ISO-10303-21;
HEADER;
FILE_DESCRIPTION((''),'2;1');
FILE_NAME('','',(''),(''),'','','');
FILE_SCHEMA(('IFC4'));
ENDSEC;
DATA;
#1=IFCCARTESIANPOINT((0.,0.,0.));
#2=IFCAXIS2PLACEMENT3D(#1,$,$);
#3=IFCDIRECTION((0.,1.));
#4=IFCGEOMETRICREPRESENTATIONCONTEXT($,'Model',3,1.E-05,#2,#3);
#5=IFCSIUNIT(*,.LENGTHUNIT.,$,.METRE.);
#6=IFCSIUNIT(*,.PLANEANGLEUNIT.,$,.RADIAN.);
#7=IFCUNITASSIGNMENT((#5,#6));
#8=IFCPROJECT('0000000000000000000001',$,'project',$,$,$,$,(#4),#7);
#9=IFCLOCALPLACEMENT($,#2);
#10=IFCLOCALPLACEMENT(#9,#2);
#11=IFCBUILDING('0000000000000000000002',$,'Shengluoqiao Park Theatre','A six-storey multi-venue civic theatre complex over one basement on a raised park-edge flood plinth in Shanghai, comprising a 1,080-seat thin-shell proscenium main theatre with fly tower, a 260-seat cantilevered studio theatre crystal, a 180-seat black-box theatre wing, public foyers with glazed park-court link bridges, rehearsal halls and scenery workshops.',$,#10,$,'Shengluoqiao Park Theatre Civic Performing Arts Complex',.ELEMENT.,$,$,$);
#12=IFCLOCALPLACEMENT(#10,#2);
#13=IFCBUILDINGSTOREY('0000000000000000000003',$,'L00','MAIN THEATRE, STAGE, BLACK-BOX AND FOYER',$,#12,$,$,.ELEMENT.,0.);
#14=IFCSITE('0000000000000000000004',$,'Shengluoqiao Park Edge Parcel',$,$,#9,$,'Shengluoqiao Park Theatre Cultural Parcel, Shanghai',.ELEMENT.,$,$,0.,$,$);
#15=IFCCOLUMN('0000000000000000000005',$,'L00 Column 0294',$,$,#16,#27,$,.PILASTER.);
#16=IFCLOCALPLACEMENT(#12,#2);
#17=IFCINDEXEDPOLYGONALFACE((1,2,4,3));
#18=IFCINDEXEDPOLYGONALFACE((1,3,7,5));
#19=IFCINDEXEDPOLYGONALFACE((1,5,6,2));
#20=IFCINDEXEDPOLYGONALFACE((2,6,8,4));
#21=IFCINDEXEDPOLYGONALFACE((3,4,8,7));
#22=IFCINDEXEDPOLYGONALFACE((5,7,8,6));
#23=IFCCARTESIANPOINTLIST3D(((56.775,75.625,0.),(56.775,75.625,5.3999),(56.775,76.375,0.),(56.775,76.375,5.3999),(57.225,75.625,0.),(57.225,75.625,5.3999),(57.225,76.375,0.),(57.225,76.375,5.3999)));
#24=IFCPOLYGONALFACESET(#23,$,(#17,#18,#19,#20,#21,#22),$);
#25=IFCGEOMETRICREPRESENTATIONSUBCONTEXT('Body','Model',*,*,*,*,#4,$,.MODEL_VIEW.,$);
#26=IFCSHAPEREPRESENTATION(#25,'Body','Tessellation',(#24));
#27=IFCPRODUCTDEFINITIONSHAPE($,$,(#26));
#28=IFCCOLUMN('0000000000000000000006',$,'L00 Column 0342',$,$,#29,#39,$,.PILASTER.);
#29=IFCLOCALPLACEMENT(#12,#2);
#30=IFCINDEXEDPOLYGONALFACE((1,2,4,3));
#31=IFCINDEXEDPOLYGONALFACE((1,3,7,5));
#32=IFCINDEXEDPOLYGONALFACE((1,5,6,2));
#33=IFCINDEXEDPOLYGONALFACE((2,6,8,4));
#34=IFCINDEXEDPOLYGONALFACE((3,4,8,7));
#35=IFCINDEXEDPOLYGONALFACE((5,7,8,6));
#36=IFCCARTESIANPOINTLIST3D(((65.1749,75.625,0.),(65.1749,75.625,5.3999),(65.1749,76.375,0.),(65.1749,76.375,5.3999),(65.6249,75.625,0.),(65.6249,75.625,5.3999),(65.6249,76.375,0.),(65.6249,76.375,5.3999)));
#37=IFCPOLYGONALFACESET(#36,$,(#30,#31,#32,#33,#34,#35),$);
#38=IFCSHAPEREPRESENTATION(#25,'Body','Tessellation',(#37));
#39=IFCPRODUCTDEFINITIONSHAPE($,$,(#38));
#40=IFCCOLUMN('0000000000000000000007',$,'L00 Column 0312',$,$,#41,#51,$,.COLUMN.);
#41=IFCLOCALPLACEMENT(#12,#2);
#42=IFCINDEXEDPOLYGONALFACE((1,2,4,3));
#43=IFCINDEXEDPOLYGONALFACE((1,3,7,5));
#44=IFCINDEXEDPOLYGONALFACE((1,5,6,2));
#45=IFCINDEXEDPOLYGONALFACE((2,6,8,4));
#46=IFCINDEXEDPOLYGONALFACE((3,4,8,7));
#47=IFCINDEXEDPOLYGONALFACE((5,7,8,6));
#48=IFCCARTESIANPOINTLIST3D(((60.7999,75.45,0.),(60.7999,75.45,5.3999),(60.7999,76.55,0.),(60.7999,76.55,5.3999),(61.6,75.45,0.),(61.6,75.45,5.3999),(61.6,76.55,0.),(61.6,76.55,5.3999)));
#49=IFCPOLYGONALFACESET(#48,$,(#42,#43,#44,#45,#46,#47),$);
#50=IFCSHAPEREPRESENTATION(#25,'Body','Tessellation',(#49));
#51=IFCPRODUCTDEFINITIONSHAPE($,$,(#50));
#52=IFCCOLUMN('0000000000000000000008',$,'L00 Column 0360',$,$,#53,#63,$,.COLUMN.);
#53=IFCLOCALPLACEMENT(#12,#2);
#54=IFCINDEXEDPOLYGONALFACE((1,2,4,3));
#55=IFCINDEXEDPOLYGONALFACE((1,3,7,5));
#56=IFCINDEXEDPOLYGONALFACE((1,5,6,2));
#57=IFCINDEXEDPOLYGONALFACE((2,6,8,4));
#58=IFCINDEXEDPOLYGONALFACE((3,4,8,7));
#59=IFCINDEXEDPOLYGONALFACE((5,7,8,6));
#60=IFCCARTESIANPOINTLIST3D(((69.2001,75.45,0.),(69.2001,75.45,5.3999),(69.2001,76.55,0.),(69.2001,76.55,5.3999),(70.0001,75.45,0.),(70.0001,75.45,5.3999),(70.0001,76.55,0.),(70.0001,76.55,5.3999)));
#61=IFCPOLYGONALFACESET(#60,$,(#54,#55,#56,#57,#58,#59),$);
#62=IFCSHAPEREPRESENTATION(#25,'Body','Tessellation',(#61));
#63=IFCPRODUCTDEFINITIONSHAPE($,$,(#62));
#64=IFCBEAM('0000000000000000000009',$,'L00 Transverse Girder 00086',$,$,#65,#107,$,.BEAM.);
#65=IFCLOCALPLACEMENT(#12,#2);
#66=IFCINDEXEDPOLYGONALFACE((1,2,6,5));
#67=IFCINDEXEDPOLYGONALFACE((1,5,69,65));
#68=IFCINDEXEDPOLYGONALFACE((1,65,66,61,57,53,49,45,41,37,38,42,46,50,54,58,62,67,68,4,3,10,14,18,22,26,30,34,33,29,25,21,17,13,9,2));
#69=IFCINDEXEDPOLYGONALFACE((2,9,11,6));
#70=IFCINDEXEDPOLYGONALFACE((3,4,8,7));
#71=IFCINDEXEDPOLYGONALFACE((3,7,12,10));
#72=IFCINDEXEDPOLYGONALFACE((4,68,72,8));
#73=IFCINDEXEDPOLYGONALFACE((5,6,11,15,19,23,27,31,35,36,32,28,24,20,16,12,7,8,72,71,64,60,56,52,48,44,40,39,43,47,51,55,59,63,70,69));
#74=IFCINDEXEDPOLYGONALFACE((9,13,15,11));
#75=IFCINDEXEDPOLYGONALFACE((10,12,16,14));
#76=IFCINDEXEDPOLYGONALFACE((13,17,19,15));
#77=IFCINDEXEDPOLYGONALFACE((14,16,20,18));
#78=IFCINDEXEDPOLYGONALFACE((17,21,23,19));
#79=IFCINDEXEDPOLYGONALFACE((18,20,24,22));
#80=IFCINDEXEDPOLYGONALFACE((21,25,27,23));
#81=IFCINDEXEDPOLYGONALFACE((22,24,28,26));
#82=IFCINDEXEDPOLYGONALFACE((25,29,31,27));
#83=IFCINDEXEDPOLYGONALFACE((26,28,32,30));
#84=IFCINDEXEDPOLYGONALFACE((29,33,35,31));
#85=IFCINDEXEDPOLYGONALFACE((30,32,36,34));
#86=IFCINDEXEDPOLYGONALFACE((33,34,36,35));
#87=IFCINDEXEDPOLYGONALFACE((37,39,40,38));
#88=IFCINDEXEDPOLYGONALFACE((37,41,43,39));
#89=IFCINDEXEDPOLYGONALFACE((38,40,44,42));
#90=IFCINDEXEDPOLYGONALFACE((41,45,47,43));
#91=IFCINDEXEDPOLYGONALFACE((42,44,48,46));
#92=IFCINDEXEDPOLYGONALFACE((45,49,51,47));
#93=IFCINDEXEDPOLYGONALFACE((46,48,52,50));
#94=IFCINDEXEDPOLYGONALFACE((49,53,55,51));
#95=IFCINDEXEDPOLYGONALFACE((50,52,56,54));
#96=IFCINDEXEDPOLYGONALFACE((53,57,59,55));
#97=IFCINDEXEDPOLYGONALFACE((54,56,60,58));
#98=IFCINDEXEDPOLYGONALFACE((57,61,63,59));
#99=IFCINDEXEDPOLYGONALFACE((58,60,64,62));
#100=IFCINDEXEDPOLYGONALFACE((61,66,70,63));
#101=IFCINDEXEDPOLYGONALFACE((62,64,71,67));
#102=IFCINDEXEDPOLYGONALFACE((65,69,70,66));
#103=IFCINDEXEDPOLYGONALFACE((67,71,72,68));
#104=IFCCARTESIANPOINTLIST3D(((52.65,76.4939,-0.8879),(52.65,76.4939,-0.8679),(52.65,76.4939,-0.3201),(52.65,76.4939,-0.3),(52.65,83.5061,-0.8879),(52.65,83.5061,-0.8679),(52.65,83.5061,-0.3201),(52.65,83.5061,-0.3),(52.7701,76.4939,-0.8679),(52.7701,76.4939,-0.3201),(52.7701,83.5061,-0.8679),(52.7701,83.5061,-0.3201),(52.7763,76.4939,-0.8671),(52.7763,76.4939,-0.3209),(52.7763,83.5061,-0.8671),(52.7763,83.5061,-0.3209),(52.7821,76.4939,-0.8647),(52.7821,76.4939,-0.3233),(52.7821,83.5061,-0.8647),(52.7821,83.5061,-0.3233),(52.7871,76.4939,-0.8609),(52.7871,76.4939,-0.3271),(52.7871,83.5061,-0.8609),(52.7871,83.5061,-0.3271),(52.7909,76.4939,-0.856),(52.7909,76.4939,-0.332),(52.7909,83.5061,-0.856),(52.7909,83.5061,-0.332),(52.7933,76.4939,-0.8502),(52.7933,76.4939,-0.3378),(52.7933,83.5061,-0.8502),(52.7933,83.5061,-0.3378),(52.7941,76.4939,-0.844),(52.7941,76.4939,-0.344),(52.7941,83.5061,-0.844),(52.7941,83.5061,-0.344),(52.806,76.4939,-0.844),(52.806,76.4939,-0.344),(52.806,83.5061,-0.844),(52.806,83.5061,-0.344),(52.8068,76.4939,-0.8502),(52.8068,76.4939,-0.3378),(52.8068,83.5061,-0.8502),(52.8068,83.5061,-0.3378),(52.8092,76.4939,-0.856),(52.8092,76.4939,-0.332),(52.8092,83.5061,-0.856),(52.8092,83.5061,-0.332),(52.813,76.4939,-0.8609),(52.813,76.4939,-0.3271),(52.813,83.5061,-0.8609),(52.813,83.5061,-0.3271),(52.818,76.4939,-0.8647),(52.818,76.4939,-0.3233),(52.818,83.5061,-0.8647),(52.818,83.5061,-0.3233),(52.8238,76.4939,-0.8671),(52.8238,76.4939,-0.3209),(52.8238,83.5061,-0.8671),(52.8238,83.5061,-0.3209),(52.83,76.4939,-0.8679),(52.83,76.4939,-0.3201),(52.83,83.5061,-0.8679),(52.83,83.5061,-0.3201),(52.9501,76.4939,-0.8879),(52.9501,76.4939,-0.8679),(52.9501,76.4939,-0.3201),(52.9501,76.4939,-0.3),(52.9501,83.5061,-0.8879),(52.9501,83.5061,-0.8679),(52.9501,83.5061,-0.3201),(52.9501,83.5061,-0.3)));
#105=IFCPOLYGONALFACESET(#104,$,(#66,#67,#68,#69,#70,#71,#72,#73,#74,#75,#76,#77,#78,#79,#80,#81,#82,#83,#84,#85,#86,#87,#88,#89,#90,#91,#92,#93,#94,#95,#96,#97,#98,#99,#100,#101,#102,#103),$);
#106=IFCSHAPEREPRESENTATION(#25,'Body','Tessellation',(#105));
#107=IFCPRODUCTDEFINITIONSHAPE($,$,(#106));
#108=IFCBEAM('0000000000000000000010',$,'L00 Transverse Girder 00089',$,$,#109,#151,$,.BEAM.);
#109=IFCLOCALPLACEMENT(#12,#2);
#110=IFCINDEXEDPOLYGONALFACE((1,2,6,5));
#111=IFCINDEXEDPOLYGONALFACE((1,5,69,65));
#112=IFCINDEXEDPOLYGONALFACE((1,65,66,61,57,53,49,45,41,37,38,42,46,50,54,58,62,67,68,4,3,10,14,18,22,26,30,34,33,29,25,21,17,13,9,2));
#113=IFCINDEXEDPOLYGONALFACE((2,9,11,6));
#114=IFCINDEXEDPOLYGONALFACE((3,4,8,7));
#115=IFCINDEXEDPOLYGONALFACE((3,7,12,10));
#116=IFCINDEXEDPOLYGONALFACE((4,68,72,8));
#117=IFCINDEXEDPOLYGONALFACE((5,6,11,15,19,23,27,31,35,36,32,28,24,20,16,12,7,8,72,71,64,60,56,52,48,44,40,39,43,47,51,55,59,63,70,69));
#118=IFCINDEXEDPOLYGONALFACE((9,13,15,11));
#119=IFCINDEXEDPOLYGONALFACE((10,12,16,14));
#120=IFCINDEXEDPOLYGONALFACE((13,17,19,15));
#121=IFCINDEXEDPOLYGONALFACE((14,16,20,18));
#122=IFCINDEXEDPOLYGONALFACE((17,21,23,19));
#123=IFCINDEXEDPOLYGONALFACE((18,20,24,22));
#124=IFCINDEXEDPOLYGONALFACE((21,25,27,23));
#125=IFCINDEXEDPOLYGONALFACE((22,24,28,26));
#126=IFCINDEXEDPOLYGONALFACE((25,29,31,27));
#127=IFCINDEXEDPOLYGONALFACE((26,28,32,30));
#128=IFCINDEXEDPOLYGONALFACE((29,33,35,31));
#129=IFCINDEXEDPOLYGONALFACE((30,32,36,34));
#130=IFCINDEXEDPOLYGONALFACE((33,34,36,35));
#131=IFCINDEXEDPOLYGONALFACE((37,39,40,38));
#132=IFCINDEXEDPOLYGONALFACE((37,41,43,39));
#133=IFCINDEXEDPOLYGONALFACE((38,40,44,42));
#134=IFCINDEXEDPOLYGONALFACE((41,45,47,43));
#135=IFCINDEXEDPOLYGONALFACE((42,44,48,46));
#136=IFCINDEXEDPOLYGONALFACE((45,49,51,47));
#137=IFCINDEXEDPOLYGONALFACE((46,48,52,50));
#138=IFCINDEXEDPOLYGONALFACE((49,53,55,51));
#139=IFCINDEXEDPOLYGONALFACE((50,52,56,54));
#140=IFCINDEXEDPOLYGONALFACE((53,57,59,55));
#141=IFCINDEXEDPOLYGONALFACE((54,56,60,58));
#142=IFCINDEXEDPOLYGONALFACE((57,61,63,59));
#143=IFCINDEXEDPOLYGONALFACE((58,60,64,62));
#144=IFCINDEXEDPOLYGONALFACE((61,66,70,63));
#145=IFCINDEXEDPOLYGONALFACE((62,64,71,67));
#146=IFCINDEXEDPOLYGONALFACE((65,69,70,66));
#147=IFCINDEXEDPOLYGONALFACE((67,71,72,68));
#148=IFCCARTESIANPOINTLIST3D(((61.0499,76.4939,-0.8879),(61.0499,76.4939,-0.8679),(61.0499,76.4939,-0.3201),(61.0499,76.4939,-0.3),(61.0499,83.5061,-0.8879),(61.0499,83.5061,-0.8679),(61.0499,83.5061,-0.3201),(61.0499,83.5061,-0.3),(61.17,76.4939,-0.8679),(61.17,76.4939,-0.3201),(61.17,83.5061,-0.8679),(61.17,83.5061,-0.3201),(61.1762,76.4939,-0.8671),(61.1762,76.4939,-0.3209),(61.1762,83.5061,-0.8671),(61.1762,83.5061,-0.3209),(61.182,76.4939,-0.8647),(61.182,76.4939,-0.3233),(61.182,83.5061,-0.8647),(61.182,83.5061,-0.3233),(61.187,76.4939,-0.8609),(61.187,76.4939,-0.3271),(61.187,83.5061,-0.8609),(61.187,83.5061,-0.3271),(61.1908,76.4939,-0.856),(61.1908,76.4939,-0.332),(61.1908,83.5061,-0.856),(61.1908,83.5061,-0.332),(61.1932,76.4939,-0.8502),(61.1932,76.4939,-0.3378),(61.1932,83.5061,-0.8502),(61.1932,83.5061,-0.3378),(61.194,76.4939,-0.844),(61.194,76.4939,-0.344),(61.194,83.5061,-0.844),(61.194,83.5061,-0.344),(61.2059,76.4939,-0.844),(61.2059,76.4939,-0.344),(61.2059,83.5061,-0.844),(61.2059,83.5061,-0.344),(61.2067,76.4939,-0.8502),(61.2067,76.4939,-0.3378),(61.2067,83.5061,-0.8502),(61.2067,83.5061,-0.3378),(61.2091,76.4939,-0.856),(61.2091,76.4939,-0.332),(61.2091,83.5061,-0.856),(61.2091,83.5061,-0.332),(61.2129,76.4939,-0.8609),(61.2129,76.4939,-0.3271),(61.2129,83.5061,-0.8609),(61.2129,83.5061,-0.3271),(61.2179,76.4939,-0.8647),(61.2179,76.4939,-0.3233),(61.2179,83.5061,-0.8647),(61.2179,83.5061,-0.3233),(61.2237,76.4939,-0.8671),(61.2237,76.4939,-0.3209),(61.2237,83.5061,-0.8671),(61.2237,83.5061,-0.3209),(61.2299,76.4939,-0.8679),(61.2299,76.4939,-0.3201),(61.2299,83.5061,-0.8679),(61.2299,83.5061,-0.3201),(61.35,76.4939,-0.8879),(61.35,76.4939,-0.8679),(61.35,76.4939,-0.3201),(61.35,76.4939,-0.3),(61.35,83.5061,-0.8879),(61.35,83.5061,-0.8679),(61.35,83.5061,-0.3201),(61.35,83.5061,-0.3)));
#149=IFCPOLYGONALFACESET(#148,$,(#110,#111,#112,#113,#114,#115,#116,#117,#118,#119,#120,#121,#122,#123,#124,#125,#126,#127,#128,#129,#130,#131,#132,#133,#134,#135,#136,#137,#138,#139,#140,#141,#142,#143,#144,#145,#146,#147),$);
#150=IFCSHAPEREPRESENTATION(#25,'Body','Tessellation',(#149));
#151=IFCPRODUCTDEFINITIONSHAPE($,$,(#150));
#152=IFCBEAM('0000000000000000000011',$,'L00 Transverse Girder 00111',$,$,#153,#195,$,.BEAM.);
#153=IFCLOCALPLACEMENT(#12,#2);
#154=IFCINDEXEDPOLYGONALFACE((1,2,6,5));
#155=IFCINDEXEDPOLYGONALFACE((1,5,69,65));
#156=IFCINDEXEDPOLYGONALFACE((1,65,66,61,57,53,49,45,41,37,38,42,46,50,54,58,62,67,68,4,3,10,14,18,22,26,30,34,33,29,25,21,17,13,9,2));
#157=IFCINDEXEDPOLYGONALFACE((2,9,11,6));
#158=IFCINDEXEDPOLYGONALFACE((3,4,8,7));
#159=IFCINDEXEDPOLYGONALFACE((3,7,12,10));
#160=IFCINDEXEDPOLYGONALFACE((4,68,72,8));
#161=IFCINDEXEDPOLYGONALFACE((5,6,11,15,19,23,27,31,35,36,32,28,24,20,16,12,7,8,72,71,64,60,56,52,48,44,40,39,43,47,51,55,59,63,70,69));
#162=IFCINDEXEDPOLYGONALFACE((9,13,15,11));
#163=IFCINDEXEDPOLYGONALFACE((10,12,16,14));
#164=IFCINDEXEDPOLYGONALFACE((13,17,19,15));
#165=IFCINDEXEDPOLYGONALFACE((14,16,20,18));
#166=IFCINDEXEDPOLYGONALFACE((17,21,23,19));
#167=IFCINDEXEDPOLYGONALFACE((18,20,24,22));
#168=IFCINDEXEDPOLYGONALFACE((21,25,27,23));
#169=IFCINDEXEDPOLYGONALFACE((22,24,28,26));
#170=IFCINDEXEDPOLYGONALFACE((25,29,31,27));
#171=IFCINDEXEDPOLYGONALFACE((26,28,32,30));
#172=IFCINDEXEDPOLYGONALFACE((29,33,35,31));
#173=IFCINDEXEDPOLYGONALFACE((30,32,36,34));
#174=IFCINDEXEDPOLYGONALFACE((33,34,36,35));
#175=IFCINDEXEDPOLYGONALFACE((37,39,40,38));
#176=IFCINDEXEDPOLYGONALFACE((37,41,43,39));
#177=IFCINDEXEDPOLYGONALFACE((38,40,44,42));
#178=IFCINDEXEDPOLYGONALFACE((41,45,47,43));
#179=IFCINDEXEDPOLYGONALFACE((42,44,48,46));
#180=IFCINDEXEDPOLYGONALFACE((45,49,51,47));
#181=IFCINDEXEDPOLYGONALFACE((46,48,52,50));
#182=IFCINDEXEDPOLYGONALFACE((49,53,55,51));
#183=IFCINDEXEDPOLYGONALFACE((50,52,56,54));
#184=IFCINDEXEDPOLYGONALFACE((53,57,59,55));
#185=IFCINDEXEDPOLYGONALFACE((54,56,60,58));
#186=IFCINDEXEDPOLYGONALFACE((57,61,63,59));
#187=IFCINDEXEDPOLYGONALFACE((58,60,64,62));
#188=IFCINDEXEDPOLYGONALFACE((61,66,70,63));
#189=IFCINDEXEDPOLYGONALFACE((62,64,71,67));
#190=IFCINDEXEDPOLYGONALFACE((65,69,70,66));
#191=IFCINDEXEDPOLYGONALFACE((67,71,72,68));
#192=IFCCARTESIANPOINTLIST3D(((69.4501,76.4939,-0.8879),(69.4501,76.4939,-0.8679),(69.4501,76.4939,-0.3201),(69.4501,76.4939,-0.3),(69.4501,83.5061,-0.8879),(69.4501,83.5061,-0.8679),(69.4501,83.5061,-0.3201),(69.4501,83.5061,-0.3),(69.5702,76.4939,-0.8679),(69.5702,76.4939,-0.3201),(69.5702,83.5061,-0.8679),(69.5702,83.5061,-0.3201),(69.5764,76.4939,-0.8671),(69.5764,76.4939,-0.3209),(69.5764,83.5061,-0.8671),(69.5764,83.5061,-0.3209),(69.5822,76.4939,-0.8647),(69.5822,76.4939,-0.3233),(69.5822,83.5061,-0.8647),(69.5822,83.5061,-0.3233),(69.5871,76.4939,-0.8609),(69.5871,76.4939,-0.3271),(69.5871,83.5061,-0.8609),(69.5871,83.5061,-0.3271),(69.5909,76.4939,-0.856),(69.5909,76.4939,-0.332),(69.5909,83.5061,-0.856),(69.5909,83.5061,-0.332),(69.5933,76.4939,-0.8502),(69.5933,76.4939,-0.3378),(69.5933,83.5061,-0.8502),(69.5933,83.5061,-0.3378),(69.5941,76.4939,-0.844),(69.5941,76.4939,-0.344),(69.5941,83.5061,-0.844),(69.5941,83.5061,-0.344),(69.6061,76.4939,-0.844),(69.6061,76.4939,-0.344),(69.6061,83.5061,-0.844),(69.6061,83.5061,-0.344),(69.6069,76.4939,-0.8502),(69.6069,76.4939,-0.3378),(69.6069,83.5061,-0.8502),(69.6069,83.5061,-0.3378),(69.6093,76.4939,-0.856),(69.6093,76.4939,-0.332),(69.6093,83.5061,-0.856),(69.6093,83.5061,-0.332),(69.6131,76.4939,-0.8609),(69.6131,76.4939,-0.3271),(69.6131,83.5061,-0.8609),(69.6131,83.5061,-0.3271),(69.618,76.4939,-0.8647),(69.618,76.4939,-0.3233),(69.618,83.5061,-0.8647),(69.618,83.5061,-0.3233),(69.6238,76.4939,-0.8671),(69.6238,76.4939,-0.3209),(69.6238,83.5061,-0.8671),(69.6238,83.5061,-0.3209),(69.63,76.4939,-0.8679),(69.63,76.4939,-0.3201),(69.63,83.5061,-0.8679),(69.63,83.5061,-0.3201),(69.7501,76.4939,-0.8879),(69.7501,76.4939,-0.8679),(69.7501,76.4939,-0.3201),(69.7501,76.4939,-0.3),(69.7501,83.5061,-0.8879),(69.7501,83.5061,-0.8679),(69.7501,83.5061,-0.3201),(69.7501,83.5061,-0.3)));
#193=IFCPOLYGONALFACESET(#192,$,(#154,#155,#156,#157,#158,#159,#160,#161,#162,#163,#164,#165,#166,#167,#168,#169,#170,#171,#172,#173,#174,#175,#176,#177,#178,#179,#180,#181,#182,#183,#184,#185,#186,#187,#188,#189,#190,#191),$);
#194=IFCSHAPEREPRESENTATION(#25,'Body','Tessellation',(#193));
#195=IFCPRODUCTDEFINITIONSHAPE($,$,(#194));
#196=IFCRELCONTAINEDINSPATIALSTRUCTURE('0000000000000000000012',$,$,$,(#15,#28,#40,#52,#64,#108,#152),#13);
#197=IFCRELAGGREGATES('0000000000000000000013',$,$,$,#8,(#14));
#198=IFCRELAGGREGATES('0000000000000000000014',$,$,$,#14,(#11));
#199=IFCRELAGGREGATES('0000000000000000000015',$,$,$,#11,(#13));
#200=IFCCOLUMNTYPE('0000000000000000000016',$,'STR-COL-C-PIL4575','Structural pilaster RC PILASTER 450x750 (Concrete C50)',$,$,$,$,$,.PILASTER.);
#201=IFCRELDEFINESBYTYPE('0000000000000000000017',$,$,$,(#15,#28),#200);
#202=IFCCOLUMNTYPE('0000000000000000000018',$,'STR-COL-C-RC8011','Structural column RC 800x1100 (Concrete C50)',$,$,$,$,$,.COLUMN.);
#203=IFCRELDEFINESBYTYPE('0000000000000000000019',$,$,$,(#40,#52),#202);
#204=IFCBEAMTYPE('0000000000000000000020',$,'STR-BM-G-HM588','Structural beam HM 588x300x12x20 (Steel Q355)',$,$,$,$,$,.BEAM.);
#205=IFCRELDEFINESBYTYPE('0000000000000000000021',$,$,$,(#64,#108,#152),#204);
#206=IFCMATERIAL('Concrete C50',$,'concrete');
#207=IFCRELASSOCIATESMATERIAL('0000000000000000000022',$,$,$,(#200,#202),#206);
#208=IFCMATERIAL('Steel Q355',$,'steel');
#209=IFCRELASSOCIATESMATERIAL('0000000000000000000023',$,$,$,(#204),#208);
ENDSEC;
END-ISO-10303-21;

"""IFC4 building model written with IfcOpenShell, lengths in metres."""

from ifc_helpers import new_model, si_unit, direction, frame, origin, origin_2d, place, context, subcontext, project, spatial, rectangle, i_section, extrude, material, material_profile, profile_set, type_object, element, save


model = new_model("IFC4")

# Units and contexts
model_context = context("Model", 3, precision=1e-05, world=origin(), true_north=direction((0.0, 1.0)))
body_context = subcontext(model_context, "Body", "Model", "MODEL_VIEW")
ifc_project = project(units=[si_unit("LENGTHUNIT", "METRE"), si_unit("PLANEANGLEUNIT", "RADIAN")], contexts=[model_context])

# Site, building, storey
site_placement = place(None, origin())
site = spatial("IfcSite", under=ifc_project, at=site_placement, Name="Shengluoqiao Park Edge Parcel", LongName="Shengluoqiao Park Theatre Cultural Parcel, Shanghai", CompositionType="ELEMENT", RefElevation=0.0)
building_placement = place(site_placement, origin())
building = spatial("IfcBuilding", under=site, at=building_placement, Name="Shengluoqiao Park Theatre", Description="A six-storey multi-venue civic theatre complex over one basement on a raised park-edge flood plinth in Shanghai, comprising a 1,080-seat thin-shell proscenium main theatre with fly tower, a 260-seat cantilevered studio theatre crystal, a 180-seat black-box theatre wing, public foyers with glazed park-court link bridges, rehearsal halls and scenery workshops.", LongName="Shengluoqiao Park Theatre Civic Performing Arts Complex", CompositionType="ELEMENT")
storey_placement = place(building_placement, origin())
storey = spatial("IfcBuildingStorey", under=building, at=storey_placement, Name="L00", Description="MAIN THEATRE, STAGE, BLACK-BOX AND FOYER", CompositionType="ELEMENT", Elevation=0.0)

# Columns
ifc_material_1 = material(Name="Concrete C50", Category="concrete")
ifc_material_profile_1 = material_profile(ifc_material_1, rectangle(XDim=0.45, YDim=0.75, at=origin_2d()), Name="RC PILASTER 450x750")
ifc_profile_set_1 = profile_set([ifc_material_profile_1], Name="Concrete C50")
column_type_1 = type_object("IfcColumnType", Name="STR-COL-C-PIL4575", Description="Structural pilaster RC PILASTER 450x750 (Concrete C50)", PredefinedType="PILASTER", material=ifc_profile_set_1)
for number, where, z_axis, x_axis, name in (
    (1, (57.0, 76.0, 0.0), (0.0, 0.0, 1.0), (1.0, 0.0, 0.0), "L00 Column 0294"),
    (2, (65.3999, 76.0, 0.0), (0.0, 0.0, 1.0), (1.0, 0.0, 0.0), "L00 Column 0342"),
):
    element("IfcColumn", number, at=place(storey_placement, frame(where, z_axis=z_axis, x_axis=x_axis)), inside=storey, type_object=column_type_1, Name=name, PredefinedType="PILASTER", context=body_context, shape_type="SweptSolid", body=[
        extrude(rectangle(XDim=0.45, YDim=0.75, at=origin_2d()), origin(), (0.0, 0.0, 1.0), 5.3999),
    ])
ifc_material_profile_2 = material_profile(ifc_material_1, rectangle(XDim=0.8, YDim=1.1001, at=origin_2d()), Name="RC 800x1100")
ifc_profile_set_2 = profile_set([ifc_material_profile_2], Name="Concrete C50")
column_type_2 = type_object("IfcColumnType", Name="STR-COL-C-RC8011", Description="Structural column RC 800x1100 (Concrete C50)", PredefinedType="COLUMN", material=ifc_profile_set_2)
for number, where, z_axis, x_axis, name in (
    (3, (61.2, 76.0, 0.0), (0.0, 0.0, 1.0), (1.0, 0.0, 0.0), "L00 Column 0312"),
    (4, (69.6001, 76.0, 0.0), (0.0, 0.0, 1.0), (1.0, 0.0, 0.0), "L00 Column 0360"),
):
    element("IfcColumn", number, at=place(storey_placement, frame(where, z_axis=z_axis, x_axis=x_axis)), inside=storey, type_object=column_type_2, Name=name, PredefinedType="COLUMN", context=body_context, shape_type="SweptSolid", body=[
        extrude(rectangle(XDim=0.8, YDim=1.1001, at=origin_2d()), origin(), (0.0, 0.0, 1.0), 5.3999),
    ])

# Beams
ifc_material_2 = material(Name="Steel Q355", Category="steel")
ifc_material_profile_3 = material_profile(ifc_material_2, i_section(OverallWidth=0.3, OverallDepth=0.5879, WebThickness=0.012, FlangeThickness=0.02, FilletRadius=0.0239, at=origin_2d()), Name="HM 588x300x12x20")
ifc_profile_set_3 = profile_set([ifc_material_profile_3], Name="Steel Q355")
beam_type = type_object("IfcBeamType", Name="STR-BM-G-HM588", Description="Structural beam HM 588x300x12x20 (Steel Q355)", PredefinedType="BEAM", material=ifc_profile_set_3)
for number, where, z_axis, x_axis, name in (
    (5, (52.8, 76.4939, -0.594), (0.0, 1.0, 0.0), (-1.0, 0.0, 0.0), "L00 Transverse Girder 00086"),
    (6, (61.2, 76.4939, -0.594), (0.0, 1.0, 0.0), (-1.0, 0.0, 0.0), "L00 Transverse Girder 00089"),
    (7, (69.6001, 76.4939, -0.594), (0.0, 1.0, 0.0), (-1.0, 0.0, 0.0), "L00 Transverse Girder 00111"),
):
    element("IfcBeam", number, at=place(storey_placement, frame(where, z_axis=z_axis, x_axis=x_axis)), inside=storey, type_object=beam_type, Name=name, PredefinedType="BEAM", context=body_context, shape_type="SweptSolid", body=[
        extrude(i_section(OverallWidth=0.3, OverallDepth=0.5879, WebThickness=0.012, FlangeThickness=0.02, FilletRadius=0.0239, at=origin_2d()), origin(), (0.0, 0.0, 1.0), 7.0122),
    ])

save(model, "model.ifc")
